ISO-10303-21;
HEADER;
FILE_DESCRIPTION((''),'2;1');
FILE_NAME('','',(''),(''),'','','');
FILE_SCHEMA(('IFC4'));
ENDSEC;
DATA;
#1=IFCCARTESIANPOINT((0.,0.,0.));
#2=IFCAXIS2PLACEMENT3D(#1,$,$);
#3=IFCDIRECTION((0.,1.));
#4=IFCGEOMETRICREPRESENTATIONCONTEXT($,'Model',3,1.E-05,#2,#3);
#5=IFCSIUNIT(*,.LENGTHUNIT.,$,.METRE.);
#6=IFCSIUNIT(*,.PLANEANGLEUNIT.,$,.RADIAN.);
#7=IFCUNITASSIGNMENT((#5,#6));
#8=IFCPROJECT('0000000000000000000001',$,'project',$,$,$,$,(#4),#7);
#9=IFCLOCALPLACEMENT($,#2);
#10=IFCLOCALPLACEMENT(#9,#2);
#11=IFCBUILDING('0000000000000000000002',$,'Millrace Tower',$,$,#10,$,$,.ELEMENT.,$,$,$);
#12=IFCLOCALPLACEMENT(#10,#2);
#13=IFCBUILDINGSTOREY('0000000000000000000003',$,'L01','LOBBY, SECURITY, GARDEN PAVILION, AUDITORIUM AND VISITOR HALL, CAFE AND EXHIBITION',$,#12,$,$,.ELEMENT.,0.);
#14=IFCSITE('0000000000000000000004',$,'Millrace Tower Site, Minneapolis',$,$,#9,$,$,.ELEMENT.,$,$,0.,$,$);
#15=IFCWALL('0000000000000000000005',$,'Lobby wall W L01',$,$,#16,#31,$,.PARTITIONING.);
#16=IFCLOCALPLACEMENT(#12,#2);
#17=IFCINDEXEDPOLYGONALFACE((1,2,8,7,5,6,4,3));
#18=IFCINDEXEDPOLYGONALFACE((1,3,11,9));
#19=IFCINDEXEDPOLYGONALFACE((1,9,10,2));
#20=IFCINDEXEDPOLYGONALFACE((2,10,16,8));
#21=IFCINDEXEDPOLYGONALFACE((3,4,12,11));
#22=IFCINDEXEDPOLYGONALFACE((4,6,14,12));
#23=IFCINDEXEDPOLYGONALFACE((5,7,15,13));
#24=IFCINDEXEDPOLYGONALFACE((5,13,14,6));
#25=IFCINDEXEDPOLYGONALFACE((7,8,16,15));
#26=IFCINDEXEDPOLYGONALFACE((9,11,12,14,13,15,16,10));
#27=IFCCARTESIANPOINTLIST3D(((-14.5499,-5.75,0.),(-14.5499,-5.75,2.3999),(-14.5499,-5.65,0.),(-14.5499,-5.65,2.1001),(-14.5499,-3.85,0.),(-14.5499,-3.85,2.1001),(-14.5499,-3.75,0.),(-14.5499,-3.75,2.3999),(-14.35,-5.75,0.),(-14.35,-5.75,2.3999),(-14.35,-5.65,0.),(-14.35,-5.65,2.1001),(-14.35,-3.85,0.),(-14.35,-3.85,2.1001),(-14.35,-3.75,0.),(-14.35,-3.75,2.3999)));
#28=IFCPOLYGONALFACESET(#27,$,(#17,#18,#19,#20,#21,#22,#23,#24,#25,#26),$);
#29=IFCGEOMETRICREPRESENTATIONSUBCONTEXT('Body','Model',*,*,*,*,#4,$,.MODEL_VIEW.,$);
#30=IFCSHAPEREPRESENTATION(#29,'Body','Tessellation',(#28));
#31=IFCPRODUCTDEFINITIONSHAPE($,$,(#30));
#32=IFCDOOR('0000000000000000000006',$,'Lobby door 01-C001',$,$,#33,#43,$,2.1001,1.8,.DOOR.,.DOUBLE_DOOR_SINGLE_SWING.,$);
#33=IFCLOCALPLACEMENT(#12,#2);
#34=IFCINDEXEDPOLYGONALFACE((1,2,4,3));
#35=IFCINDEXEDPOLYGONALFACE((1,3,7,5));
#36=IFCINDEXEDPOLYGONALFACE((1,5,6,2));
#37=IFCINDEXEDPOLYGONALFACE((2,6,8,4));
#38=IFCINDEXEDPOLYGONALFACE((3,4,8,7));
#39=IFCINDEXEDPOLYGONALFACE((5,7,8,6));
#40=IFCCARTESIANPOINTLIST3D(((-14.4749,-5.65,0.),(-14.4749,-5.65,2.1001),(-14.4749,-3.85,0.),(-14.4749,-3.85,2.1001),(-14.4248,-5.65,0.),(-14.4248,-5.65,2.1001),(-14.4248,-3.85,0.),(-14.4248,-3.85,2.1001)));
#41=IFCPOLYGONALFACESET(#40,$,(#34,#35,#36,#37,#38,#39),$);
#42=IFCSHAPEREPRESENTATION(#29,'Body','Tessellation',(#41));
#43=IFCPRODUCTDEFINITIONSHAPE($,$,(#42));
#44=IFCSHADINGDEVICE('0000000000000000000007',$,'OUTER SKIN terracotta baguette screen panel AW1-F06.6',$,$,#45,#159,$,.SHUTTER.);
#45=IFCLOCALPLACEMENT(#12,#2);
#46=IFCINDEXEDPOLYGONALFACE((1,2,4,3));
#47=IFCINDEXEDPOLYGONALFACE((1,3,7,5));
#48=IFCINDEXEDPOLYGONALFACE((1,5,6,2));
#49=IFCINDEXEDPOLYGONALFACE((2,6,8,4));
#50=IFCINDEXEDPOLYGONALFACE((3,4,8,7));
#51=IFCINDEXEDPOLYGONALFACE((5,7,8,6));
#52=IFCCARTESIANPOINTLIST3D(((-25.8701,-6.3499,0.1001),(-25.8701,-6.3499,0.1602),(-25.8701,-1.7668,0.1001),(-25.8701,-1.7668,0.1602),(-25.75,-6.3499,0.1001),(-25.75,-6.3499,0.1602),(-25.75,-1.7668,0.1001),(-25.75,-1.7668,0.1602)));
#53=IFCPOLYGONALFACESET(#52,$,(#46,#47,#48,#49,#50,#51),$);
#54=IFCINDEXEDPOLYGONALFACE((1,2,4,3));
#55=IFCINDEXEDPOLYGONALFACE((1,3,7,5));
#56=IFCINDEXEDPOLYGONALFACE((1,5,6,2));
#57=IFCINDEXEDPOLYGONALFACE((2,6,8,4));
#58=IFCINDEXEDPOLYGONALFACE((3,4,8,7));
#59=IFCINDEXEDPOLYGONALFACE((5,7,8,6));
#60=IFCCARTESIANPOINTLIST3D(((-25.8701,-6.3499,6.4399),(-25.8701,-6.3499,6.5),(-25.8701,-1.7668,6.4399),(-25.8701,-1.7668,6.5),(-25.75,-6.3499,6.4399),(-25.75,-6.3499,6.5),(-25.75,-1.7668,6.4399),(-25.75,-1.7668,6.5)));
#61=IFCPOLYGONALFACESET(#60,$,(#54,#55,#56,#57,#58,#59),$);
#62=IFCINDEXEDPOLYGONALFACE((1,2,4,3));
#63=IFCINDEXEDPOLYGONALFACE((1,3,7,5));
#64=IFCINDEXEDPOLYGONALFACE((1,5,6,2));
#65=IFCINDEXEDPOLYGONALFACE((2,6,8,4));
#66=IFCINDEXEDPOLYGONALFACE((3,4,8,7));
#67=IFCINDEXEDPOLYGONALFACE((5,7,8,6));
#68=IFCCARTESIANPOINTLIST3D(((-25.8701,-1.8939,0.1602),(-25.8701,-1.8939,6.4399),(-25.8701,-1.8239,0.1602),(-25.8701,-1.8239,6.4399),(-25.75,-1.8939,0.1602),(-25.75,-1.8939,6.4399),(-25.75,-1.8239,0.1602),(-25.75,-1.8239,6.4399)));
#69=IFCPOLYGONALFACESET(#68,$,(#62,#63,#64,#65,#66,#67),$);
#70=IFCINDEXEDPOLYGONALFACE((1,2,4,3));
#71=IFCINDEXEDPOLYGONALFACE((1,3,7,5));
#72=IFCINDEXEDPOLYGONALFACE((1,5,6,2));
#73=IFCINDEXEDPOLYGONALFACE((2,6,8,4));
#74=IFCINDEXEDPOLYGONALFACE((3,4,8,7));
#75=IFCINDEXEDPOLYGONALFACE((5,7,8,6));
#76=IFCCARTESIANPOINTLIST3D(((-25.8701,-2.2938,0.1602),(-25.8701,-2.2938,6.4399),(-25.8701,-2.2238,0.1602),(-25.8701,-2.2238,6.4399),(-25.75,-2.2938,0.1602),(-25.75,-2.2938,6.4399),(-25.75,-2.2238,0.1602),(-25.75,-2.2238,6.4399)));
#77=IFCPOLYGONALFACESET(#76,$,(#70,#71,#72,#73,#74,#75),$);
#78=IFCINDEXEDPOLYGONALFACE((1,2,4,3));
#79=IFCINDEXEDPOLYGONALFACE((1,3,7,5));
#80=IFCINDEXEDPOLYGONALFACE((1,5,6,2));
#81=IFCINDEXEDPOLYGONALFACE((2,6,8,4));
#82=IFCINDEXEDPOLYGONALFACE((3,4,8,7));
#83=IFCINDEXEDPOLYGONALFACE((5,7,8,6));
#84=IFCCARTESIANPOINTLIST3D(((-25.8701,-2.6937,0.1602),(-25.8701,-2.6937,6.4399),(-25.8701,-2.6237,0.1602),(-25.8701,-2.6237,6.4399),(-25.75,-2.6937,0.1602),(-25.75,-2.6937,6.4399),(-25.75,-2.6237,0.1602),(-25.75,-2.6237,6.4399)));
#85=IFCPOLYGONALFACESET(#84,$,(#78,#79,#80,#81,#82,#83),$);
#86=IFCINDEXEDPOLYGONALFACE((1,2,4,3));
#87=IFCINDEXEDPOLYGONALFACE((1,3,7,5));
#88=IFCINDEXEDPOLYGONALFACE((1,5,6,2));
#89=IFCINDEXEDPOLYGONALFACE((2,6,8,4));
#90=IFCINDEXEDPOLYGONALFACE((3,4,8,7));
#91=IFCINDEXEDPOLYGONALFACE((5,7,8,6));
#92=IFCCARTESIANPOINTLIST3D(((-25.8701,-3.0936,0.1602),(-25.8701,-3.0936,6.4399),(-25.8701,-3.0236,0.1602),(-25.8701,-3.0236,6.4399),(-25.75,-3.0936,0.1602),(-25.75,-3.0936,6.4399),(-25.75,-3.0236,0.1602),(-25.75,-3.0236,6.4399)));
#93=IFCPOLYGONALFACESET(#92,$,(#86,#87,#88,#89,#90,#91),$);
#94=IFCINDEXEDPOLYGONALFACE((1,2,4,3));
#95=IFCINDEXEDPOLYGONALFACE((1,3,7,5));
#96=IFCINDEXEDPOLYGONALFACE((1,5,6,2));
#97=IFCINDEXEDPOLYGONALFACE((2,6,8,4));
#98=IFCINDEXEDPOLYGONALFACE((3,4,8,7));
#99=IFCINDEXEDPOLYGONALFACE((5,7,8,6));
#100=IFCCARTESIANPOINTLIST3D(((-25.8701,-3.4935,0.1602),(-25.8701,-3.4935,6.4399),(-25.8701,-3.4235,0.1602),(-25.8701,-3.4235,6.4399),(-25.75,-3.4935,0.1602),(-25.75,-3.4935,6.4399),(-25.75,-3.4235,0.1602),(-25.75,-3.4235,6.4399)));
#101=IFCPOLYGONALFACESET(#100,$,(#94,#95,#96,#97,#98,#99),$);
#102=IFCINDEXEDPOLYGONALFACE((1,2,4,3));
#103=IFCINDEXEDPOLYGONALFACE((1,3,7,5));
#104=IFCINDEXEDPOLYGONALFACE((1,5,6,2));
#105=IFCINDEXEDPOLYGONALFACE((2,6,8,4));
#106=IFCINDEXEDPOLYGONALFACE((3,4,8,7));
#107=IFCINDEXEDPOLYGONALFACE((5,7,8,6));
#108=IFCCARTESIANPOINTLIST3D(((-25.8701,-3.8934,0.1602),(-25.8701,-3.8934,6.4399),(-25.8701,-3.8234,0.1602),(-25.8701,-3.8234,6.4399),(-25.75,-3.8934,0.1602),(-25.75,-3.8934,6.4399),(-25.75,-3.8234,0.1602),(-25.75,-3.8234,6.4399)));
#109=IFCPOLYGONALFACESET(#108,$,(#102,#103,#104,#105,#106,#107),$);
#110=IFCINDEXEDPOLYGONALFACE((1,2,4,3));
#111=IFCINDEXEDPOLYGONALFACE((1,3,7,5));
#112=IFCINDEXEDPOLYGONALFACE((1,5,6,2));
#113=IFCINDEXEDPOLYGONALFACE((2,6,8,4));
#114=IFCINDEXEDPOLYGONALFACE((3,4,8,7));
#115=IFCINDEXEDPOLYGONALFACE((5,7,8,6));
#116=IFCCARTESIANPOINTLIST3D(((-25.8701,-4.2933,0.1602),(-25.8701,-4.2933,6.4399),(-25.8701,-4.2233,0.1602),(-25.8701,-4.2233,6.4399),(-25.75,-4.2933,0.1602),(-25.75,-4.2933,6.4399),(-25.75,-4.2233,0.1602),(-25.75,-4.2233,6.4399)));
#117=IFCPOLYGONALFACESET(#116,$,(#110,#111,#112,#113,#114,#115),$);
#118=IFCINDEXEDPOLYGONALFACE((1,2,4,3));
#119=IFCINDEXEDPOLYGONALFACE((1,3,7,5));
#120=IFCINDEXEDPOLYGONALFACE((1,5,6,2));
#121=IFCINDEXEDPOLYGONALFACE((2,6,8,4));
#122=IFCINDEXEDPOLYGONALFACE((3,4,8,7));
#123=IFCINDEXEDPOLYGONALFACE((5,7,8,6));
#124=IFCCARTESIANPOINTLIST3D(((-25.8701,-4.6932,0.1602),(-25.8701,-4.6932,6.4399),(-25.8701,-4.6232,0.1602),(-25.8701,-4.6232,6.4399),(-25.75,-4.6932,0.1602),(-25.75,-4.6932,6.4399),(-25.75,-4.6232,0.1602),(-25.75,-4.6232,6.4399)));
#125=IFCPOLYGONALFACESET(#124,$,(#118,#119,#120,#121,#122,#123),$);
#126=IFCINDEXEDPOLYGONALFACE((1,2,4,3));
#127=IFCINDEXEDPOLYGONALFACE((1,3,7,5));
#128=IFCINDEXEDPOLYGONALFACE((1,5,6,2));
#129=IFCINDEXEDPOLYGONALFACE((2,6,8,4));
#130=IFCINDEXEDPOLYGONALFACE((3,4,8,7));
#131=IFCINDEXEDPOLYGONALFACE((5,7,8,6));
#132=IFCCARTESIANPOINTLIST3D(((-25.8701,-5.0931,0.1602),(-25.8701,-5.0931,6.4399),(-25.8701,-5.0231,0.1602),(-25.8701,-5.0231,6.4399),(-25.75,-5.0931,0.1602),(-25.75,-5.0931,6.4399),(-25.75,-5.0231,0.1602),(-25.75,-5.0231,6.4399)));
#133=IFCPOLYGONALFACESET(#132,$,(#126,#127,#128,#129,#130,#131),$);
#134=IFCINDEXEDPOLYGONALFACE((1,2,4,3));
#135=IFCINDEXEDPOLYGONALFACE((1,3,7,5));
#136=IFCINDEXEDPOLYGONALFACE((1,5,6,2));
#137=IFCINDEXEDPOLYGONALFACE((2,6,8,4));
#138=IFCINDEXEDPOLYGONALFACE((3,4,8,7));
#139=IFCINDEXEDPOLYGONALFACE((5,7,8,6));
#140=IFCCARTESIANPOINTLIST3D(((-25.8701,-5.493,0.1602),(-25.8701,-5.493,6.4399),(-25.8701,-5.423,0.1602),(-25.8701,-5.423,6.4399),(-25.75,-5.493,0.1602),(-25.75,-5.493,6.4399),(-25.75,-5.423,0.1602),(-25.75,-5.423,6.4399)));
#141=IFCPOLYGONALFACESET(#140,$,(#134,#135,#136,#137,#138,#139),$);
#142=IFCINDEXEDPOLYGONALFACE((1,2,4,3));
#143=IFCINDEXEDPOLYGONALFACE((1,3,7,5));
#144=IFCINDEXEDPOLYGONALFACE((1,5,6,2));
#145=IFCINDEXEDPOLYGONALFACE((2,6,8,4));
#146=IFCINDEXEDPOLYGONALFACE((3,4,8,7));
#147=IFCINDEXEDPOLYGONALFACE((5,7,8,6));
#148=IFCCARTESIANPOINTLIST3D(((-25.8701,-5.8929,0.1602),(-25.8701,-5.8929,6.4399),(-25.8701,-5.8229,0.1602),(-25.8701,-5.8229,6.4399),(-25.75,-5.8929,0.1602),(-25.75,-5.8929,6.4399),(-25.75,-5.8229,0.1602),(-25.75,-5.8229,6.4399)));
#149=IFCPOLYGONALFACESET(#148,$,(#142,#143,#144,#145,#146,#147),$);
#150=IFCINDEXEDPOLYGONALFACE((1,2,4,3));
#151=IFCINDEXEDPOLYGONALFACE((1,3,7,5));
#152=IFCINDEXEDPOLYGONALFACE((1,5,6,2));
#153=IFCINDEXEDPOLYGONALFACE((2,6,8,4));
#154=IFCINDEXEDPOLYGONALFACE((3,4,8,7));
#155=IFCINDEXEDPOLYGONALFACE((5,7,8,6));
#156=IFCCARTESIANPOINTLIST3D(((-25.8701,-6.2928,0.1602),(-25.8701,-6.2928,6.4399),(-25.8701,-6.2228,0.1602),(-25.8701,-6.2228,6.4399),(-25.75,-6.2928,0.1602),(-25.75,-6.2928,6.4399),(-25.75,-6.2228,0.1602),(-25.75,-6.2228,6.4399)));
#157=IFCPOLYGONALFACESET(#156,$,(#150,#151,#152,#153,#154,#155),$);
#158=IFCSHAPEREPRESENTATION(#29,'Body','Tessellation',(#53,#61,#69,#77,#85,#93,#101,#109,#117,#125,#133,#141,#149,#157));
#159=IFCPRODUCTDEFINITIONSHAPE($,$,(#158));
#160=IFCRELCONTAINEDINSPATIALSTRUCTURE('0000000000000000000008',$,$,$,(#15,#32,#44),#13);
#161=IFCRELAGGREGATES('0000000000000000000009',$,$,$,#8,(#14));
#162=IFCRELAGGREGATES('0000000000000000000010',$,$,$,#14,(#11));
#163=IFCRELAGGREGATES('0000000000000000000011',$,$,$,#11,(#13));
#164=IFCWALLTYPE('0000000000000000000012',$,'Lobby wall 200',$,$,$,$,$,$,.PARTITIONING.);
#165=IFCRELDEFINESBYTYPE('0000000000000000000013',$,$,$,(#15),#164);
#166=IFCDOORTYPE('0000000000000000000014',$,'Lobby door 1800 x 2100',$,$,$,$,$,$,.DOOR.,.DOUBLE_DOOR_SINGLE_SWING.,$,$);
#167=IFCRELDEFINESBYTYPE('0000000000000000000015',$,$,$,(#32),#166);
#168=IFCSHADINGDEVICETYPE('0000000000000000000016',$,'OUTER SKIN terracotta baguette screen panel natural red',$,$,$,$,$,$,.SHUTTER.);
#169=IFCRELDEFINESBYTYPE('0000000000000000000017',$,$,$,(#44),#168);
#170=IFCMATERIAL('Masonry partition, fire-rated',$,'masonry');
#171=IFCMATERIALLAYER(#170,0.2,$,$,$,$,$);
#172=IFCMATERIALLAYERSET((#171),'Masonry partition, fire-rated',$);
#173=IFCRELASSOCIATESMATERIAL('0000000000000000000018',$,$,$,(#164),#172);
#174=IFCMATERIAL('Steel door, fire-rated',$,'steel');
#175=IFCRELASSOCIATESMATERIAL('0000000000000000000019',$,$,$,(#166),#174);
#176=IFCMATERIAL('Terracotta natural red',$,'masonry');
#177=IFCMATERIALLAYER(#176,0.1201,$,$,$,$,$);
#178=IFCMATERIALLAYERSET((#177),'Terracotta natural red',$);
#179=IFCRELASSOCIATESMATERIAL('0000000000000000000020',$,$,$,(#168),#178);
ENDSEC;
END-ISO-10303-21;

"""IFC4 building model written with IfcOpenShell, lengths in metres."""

from ifc_helpers import new_model, entity, si_unit, direction, frame, frame_2d, origin, place, context, subcontext, project, spatial, rectangle, extrude, source, transform, mapped, material, layer, layer_set, type_object, element, fill, save


model = new_model("IFC4")

# Units and contexts
model_context = context("Model", 3, precision=1e-05, world=origin(), true_north=direction((0.0, 1.0)))
body_context = subcontext(model_context, "Body", "Model", "MODEL_VIEW")
ifc_project = project(units=[si_unit("LENGTHUNIT", "METRE"), si_unit("PLANEANGLEUNIT", "RADIAN")], contexts=[model_context])

# Site, building, storey
site_placement = place(None, origin())
site = spatial("IfcSite", under=ifc_project, at=site_placement, Name="Millrace Tower Site, Minneapolis", CompositionType="ELEMENT", RefElevation=0.0)
building_placement = place(site_placement, origin())
building = spatial("IfcBuilding", under=site, at=building_placement, Name="Millrace Tower", CompositionType="ELEMENT")
storey_placement = place(building_placement, origin())
storey = spatial("IfcBuildingStorey", under=building, at=storey_placement, Name="L01", Description="LOBBY, SECURITY, GARDEN PAVILION, AUDITORIUM AND VISITOR HALL, CAFE AND EXHIBITION", CompositionType="ELEMENT", Elevation=0.0)

# Wall, opening, door
ifc_material_1 = material(Name="Masonry partition, fire-rated", Category="masonry")
ifc_layer_1 = layer(ifc_material_1, 0.2)
ifc_layer_set_1 = layer_set([ifc_layer_1], Name="Masonry partition, fire-rated")
wall_type_1 = type_object("IfcWallType", Name="Lobby wall 200", PredefinedType="PARTITIONING", material=ifc_layer_set_1)
wall_1_placement = place(storey_placement, frame((-14.45, -5.75, 0.0), z_axis=(0.0, 0.0, 1.0), x_axis=(0.0, 1.0, 0.0)))
wall_1 = element("IfcWall", 1, at=wall_1_placement, inside=storey, type_object=wall_type_1, Name="Lobby wall W L01", PredefinedType="PARTITIONING", context=body_context, shape_type="SweptSolid", body=[
    extrude(rectangle(XDim=2.0, YDim=0.2, at=frame_2d((1.0, 0.0))), origin(), (0.0, 0.0, 1.0), 2.3999),
])
opening_1_placement = place(wall_1_placement, frame((0.1001, 0.0, 0.0)))
opening_1 = element("IfcOpeningElement", 2, at=opening_1_placement, cuts=wall_1, PredefinedType="OPENING", context=body_context, shape_type="SweptSolid", body=[
    extrude(rectangle(XDim=1.8, YDim=2.1001, at=frame_2d((0.8999, 1.05))), frame((0.0, 0.1099, 0.0), z_axis=(0.0, -1.0, 0.0), x_axis=(1.0, 0.0, 0.0)), (0.0, 0.0, 1.0), 0.22),
])
ifc_material_2 = material(Name="Steel door, fire-rated", Category="steel")
door_type_1 = type_object("IfcDoorType", Name="Lobby door 1800 x 2100", OperationType="DOUBLE_DOOR_SINGLE_SWING", PredefinedType="DOOR", material=ifc_material_2)
door_1_placement = place(opening_1_placement, origin())
door_1 = element("IfcDoor", 3, at=door_1_placement, inside=storey, type_object=door_type_1, Name="Lobby door 01-C001", OperationType="DOUBLE_DOOR_SINGLE_SWING", OverallHeight=2.1001, OverallWidth=1.8, PredefinedType="DOOR", context=body_context, shape_type="SweptSolid", body=[
    extrude(rectangle(XDim=1.8, YDim=2.1001, at=frame_2d((0.8999, 1.05))), frame((0.0, 0.0249, 0.0), z_axis=(0.0, -1.0, 0.0), x_axis=(1.0, 0.0, 0.0)), (0.0, 0.0, 1.0), 0.05),
])
fill(opening_1, door_1)

# Shading device
ifc_material_3 = material(Name="Terracotta natural red", Category="masonry")
ifc_layer_2 = layer(ifc_material_3, 0.1201)
ifc_layer_set_2 = layer_set([ifc_layer_2], Name="Terracotta natural red")
shading_device_type = type_object("IfcShadingDeviceType", Name="OUTER SKIN terracotta baguette screen panel natural red", PredefinedType="SHUTTER", material=ifc_layer_set_2)
cartesian_point = entity("IfcCartesianPoint", [-2.2915, 0.0601])
shared_polyline = entity("IfcPolyline", [cartesian_point, entity("IfcCartesianPoint", [2.2915, 0.0601]), entity("IfcCartesianPoint", [2.2915, -0.0601]), entity("IfcCartesianPoint", [-2.2915, -0.0601]), cartesian_point])
shared_shape = source(origin(), body_context, "Body", "SweptSolid", [
    entity("IfcExtrudedAreaSolid", entity("IfcArbitraryClosedProfileDef", "AREA", None, shared_polyline), entity("IfcAxis2Placement3D", entity("IfcCartesianPoint", [0.0, 0.0, 0.0])), entity("IfcDirection", [0.0, 0.0, 1.0]), 0.0601),
    entity("IfcExtrudedAreaSolid", entity("IfcArbitraryClosedProfileDef", "AREA", None, shared_polyline), entity("IfcAxis2Placement3D", entity("IfcCartesianPoint", [0.0, 0.0, 6.3398])), entity("IfcDirection", [0.0, 0.0, 1.0]), 0.0601),
    extrude(rectangle(XDim=0.0701, YDim=0.1201, at=frame_2d((-2.1995, 0.0))), frame((0.0, 0.0, 0.0601)), (0.0, 0.0, 1.0), 6.2798),
    extrude(rectangle(XDim=0.0701, YDim=0.1201, at=frame_2d((-1.7996, 0.0))), frame((0.0, 0.0, 0.0601)), (0.0, 0.0, 1.0), 6.2798),
    extrude(rectangle(XDim=0.0701, YDim=0.1201, at=frame_2d((-1.3997, 0.0))), frame((0.0, 0.0, 0.0601)), (0.0, 0.0, 1.0), 6.2798),
    extrude(rectangle(XDim=0.0701, YDim=0.1201, at=frame_2d((-0.9998, 0.0))), frame((0.0, 0.0, 0.0601)), (0.0, 0.0, 1.0), 6.2798),
    extrude(rectangle(XDim=0.0701, YDim=0.1201, at=frame_2d((-0.5999, 0.0))), frame((0.0, 0.0, 0.0601)), (0.0, 0.0, 1.0), 6.2798),
    extrude(rectangle(XDim=0.0701, YDim=0.1201, at=frame_2d((-0.2, 0.0))), frame((0.0, 0.0, 0.0601)), (0.0, 0.0, 1.0), 6.2798),
    extrude(rectangle(XDim=0.0701, YDim=0.1201, at=frame_2d((0.2, 0.0))), frame((0.0, 0.0, 0.0601)), (0.0, 0.0, 1.0), 6.2798),
    extrude(rectangle(XDim=0.0701, YDim=0.1201, at=frame_2d((0.5999, 0.0))), frame((0.0, 0.0, 0.0601)), (0.0, 0.0, 1.0), 6.2798),
    extrude(rectangle(XDim=0.0701, YDim=0.1201, at=frame_2d((0.9998, 0.0))), frame((0.0, 0.0, 0.0601)), (0.0, 0.0, 1.0), 6.2798),
    extrude(rectangle(XDim=0.0701, YDim=0.1201, at=frame_2d((1.3997, 0.0))), frame((0.0, 0.0, 0.0601)), (0.0, 0.0, 1.0), 6.2798),
    extrude(rectangle(XDim=0.0701, YDim=0.1201, at=frame_2d((1.7996, 0.0))), frame((0.0, 0.0, 0.0601)), (0.0, 0.0, 1.0), 6.2798),
    extrude(rectangle(XDim=0.0701, YDim=0.1201, at=frame_2d((2.1995, 0.0))), frame((0.0, 0.0, 0.0601)), (0.0, 0.0, 1.0), 6.2798),
])
for number, where, z_axis, x_axis, name in (
    (4, (-25.8101, -4.0583, 0.1001), (0.0, 0.0, 1.0), (0.0, -1.0, 0.0), "OUTER SKIN terracotta baguette screen panel AW1-F06.6"),
):
    element("IfcShadingDevice", number, at=place(storey_placement, frame(where, z_axis=z_axis, x_axis=x_axis)), inside=storey, type_object=shading_device_type, Name=name, PredefinedType="SHUTTER", context=body_context, shape_type="MappedRepresentation", body=[
        mapped(shared_shape, transform((0.0, 0.0, 0.0), scale=1.0)),
    ])

save(model, "model.ifc")
